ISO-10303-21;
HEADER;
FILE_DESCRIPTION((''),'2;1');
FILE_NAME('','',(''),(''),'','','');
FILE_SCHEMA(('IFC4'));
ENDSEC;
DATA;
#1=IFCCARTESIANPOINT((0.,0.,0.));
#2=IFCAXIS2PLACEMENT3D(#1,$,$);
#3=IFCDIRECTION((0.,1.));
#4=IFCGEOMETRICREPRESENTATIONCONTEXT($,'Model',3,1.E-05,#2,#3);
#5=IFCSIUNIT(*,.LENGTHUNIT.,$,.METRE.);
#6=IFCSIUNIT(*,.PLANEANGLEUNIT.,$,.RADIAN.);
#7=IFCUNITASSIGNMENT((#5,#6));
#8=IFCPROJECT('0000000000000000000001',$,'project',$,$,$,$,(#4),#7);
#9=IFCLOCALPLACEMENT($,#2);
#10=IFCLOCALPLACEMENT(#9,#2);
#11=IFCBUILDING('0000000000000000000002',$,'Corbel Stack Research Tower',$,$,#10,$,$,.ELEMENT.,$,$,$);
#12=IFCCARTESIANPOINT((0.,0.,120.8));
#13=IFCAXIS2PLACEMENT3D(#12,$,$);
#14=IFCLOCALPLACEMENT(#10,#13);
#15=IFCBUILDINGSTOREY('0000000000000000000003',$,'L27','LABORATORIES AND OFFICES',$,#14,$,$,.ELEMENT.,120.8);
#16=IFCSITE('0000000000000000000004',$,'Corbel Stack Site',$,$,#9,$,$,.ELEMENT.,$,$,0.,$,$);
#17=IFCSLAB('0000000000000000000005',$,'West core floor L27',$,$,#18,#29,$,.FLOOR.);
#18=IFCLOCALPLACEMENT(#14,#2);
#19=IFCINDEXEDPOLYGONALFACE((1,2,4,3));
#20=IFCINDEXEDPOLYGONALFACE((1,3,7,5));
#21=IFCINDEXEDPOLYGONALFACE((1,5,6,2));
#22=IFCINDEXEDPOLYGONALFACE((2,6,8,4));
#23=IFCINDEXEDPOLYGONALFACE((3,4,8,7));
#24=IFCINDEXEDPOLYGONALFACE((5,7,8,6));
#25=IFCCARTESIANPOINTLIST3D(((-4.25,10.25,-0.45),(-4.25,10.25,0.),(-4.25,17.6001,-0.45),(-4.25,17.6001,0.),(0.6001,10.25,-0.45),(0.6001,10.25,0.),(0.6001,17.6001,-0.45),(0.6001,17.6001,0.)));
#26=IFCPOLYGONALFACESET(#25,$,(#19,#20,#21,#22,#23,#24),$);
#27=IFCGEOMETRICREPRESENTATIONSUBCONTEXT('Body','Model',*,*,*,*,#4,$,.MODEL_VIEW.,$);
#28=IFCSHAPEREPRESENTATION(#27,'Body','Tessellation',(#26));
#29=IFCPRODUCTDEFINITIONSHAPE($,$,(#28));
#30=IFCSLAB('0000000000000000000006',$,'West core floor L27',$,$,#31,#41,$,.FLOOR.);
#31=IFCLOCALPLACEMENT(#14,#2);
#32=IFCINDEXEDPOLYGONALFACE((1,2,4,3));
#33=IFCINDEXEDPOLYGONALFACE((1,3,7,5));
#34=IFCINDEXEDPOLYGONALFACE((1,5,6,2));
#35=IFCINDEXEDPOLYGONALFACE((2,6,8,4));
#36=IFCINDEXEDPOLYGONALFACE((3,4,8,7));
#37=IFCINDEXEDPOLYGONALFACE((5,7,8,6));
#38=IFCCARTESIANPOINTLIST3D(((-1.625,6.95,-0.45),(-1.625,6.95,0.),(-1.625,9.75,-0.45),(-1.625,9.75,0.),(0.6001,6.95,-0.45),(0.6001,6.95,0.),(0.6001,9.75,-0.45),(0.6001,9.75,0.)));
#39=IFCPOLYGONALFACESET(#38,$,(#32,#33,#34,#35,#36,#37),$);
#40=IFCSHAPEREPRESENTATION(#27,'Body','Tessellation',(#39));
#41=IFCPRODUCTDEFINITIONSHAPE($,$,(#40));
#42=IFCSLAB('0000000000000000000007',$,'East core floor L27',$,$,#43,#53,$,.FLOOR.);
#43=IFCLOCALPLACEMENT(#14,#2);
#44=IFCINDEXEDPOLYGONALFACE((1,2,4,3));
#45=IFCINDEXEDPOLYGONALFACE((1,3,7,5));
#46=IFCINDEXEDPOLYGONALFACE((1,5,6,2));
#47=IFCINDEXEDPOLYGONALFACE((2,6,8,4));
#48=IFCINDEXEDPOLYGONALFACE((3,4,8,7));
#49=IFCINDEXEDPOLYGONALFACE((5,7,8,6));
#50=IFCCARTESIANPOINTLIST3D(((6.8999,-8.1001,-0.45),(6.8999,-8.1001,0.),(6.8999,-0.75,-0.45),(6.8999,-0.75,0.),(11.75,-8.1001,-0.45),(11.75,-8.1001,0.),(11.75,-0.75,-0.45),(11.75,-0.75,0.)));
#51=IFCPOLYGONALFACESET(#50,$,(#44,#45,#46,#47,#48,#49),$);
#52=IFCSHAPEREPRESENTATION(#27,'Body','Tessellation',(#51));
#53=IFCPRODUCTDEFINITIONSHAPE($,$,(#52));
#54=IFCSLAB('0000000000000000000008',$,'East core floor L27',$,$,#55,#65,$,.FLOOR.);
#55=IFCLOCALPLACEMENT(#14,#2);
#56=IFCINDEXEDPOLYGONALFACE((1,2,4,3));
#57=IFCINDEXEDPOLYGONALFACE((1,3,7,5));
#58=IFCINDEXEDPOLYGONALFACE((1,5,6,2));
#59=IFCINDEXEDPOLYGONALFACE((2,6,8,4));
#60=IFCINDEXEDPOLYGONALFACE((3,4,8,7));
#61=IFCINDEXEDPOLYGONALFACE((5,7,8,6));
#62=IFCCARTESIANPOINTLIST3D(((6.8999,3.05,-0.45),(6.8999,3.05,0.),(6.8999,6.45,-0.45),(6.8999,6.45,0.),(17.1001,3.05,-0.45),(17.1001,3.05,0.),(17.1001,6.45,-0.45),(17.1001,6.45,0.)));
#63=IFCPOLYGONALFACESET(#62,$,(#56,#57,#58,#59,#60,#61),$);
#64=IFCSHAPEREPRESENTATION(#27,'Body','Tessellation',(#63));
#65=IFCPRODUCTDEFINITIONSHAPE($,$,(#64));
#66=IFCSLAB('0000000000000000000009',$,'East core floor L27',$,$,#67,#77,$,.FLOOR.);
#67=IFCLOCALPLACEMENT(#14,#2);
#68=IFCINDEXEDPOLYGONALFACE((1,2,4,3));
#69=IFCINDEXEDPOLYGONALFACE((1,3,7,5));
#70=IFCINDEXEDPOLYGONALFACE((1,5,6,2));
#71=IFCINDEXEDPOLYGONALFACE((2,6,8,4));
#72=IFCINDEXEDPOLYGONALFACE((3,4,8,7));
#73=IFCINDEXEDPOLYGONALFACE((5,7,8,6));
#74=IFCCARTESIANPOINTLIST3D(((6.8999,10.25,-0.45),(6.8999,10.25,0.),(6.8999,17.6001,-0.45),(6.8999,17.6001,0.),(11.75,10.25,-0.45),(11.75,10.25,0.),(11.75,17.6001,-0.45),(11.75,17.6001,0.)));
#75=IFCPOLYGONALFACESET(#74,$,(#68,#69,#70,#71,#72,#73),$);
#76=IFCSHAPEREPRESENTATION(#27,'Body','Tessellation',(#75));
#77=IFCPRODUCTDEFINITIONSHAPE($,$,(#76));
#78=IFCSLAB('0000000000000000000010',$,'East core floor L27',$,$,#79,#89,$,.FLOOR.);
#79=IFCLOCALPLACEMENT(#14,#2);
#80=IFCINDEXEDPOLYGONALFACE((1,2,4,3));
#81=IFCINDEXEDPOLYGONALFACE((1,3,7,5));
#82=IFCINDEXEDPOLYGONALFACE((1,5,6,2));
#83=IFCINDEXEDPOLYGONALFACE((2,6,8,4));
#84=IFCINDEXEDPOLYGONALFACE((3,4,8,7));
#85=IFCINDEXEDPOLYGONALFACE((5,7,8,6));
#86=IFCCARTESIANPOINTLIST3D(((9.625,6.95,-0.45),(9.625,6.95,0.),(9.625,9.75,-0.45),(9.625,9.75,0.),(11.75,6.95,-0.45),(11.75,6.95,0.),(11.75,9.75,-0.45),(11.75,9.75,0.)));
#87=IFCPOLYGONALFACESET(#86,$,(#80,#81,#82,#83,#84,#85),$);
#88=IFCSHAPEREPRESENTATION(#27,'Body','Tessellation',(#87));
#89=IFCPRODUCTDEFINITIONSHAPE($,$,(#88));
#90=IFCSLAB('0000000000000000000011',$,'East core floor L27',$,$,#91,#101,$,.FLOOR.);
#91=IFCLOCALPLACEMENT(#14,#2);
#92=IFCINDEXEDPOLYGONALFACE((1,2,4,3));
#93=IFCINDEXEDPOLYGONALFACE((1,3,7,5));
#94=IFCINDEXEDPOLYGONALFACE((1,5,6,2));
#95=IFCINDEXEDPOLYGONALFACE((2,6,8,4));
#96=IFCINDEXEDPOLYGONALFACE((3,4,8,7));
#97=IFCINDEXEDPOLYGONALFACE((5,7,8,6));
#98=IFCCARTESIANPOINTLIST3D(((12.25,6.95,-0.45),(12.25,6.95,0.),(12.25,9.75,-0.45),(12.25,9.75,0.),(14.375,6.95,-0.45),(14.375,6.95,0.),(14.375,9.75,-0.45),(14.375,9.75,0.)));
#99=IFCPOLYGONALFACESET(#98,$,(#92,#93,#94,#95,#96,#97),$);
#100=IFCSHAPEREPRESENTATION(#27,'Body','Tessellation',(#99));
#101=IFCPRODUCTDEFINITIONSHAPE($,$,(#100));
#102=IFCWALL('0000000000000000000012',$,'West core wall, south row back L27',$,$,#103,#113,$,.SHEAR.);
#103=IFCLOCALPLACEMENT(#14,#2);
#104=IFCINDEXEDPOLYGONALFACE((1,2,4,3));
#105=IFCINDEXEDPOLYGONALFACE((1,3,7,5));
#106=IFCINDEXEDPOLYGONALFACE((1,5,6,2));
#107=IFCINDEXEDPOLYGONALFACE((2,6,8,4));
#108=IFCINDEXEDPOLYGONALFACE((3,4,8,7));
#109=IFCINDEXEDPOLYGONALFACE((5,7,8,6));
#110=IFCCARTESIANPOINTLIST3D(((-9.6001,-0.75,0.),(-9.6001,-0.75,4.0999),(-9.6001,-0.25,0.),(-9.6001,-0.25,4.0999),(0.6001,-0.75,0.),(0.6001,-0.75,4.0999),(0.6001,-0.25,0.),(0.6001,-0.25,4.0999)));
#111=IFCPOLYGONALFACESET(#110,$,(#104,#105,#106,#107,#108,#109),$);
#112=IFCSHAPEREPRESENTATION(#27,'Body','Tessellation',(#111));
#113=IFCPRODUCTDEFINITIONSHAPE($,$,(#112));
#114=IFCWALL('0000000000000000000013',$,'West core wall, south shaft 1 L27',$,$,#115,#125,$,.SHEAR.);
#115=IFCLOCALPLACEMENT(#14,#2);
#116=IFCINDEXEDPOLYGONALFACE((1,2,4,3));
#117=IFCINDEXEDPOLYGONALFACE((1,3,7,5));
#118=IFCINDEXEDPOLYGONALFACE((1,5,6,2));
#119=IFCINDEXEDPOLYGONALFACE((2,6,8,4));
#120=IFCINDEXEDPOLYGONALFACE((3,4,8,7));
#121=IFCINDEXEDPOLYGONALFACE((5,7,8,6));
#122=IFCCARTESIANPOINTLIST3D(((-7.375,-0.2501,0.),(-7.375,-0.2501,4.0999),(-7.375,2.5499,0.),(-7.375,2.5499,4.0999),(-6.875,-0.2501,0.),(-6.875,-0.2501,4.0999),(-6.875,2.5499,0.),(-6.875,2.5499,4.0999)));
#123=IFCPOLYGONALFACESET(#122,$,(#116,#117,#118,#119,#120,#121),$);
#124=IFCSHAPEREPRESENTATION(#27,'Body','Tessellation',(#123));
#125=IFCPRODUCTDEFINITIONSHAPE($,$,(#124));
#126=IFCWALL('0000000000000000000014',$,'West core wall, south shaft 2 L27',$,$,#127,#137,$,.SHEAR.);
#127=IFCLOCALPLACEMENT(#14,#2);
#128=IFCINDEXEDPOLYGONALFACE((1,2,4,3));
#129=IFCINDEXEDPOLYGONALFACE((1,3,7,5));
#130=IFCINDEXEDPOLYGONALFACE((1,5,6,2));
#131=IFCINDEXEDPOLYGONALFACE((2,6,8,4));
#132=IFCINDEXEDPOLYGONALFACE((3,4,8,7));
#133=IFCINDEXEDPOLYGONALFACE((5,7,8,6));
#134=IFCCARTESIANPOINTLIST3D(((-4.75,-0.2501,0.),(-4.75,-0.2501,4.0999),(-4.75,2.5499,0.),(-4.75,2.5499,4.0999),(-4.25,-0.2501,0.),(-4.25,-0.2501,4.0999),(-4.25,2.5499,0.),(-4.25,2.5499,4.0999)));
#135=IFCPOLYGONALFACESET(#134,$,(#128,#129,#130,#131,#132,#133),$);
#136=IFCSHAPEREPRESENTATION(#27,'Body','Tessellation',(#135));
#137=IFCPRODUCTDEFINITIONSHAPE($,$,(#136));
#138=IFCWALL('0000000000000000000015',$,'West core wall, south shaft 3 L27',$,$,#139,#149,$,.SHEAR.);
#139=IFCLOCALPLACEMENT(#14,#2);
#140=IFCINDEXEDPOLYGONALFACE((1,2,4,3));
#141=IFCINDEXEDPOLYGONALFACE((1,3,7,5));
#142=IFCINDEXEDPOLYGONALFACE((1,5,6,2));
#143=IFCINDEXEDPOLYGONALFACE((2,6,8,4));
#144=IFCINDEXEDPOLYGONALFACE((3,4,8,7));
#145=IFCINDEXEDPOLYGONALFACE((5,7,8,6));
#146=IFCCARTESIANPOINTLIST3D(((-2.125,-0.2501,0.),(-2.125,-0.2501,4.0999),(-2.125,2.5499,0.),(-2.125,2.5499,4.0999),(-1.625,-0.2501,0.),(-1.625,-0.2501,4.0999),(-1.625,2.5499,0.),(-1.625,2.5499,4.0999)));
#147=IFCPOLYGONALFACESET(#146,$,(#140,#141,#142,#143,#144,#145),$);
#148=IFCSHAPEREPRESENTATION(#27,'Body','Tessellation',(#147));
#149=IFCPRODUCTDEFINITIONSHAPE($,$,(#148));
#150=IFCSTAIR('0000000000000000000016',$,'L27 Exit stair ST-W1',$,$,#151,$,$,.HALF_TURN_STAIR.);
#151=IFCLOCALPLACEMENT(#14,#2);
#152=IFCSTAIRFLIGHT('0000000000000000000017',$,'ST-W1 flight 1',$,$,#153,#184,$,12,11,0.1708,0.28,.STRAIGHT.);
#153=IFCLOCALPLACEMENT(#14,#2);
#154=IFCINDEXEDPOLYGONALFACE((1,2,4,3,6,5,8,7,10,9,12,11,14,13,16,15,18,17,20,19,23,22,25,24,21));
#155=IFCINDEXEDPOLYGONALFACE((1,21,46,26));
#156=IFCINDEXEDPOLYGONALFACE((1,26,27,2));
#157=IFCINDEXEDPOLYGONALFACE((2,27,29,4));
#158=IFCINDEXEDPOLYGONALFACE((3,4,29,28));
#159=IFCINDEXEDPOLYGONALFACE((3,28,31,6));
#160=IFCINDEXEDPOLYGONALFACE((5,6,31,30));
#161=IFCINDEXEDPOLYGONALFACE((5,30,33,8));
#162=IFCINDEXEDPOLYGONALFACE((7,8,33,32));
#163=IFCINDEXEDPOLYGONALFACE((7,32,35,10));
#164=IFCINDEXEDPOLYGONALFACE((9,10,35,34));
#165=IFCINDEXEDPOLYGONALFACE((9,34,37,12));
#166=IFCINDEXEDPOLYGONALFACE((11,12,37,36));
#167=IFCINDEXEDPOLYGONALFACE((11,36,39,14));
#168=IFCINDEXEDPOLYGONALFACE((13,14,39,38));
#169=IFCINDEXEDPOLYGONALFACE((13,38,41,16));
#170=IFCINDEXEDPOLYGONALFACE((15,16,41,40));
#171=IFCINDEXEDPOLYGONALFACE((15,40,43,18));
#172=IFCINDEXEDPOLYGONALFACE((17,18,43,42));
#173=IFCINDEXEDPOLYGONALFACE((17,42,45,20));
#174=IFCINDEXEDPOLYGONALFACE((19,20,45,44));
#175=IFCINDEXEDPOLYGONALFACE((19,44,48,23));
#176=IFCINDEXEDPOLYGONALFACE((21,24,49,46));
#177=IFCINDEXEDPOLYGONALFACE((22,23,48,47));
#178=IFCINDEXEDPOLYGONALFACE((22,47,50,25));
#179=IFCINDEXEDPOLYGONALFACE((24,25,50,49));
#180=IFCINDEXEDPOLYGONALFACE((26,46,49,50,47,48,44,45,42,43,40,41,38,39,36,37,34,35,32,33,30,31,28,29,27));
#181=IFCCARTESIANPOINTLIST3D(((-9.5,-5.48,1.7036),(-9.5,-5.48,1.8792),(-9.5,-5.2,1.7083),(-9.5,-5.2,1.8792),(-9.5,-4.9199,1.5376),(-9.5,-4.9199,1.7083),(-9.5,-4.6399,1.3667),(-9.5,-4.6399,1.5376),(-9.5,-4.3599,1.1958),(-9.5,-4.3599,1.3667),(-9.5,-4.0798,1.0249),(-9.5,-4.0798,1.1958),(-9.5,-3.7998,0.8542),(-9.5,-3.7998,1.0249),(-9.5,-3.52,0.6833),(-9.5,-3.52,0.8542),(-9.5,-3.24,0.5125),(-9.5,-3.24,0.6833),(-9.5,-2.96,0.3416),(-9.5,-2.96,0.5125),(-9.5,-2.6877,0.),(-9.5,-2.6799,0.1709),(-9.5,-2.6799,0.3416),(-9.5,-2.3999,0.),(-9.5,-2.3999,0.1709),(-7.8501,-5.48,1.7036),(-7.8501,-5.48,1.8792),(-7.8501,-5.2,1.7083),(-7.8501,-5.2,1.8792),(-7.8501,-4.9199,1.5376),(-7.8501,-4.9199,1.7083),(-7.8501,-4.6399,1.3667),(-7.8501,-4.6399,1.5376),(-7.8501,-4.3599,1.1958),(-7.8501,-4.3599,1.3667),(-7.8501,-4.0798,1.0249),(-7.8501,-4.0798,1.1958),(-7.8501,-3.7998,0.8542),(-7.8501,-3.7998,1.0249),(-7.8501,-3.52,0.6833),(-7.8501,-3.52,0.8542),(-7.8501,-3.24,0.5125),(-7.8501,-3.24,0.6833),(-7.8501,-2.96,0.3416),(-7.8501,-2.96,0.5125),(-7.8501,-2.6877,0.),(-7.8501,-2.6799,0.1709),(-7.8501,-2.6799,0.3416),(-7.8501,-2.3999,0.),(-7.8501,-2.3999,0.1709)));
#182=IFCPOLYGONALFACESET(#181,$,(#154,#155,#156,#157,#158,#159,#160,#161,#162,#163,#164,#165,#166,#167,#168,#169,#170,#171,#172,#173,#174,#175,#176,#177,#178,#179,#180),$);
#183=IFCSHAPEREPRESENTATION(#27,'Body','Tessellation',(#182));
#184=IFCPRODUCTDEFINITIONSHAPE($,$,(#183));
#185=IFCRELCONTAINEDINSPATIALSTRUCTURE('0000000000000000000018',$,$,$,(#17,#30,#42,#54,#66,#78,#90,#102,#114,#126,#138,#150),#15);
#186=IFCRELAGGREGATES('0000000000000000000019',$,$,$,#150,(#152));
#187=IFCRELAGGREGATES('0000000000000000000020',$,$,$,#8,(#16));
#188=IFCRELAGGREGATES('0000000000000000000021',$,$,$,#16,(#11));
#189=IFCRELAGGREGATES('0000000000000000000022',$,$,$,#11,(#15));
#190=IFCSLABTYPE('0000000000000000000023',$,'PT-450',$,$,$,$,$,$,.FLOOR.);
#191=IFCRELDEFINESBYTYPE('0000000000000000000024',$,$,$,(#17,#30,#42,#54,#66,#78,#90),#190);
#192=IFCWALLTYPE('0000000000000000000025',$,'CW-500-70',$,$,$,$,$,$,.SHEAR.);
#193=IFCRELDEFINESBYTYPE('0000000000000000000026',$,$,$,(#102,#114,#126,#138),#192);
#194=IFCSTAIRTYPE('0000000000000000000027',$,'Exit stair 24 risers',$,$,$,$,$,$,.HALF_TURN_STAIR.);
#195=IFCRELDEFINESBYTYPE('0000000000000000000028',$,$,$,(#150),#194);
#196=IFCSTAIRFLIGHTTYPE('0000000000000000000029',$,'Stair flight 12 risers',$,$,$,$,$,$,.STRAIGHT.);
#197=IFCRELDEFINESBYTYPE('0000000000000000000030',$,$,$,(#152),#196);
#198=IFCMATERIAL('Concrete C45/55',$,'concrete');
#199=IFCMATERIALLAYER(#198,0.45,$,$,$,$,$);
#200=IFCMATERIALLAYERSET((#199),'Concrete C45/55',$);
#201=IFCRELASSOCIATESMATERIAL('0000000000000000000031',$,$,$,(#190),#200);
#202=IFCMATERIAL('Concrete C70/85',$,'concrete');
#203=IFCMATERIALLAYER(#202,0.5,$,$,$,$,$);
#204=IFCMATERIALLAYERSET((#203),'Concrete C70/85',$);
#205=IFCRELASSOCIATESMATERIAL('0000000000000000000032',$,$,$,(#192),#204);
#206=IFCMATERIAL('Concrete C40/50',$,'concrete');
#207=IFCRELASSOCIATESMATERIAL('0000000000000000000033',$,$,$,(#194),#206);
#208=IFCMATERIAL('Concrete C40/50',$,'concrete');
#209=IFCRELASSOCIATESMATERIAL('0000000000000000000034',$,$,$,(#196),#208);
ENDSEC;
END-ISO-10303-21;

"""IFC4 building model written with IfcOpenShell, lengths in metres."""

from ifc_helpers import new_model, si_unit, direction, frame, frame_2d, origin, place, context, subcontext, project, spatial, polyline, rectangle, outline, extrude, material, layer, layer_set, type_object, element, aggregate, save


model = new_model("IFC4")

# Units and contexts
model_context = context("Model", 3, precision=1e-05, world=origin(), true_north=direction((0.0, 1.0)))
body_context = subcontext(model_context, "Body", "Model", "MODEL_VIEW")
ifc_project = project(units=[si_unit("LENGTHUNIT", "METRE"), si_unit("PLANEANGLEUNIT", "RADIAN")], contexts=[model_context])

# Site, building, storey
site_placement = place(None, origin())
site = spatial("IfcSite", under=ifc_project, at=site_placement, Name="Corbel Stack Site", CompositionType="ELEMENT", RefElevation=0.0)
building_placement = place(site_placement, origin())
building = spatial("IfcBuilding", under=site, at=building_placement, Name="Corbel Stack Research Tower", CompositionType="ELEMENT")
storey_placement = place(building_placement, frame((0.0, 0.0, 120.8)))
storey = spatial("IfcBuildingStorey", under=building, at=storey_placement, Name="L27", Description="LABORATORIES AND OFFICES", CompositionType="ELEMENT", Elevation=120.8)

# Slabs
ifc_material_1 = material(Name="Concrete C45/55", Category="concrete")
ifc_layer_1 = layer(ifc_material_1, 0.45)
ifc_layer_set_1 = layer_set([ifc_layer_1], Name="Concrete C45/55")
slab_type = type_object("IfcSlabType", Name="PT-450", PredefinedType="FLOOR", material=ifc_layer_set_1)
slab_1_placement = place(storey_placement, frame((0.0, 0.0, -0.45)))
element("IfcSlab", 1, at=slab_1_placement, inside=storey, type_object=slab_type, Name="West core floor L27", PredefinedType="FLOOR", context=body_context, shape_type="SweptSolid", body=[
    extrude(outline(polyline([(0.6001, 17.6001), (-4.25, 17.6001), (-4.25, 10.25), (0.6001, 10.25), (0.6001, 17.6001)])), origin(), (0.0, 0.0, 1.0), 0.45),
])
slab_2_placement = place(storey_placement, frame((0.0, 0.0, -0.45)))
element("IfcSlab", 2, at=slab_2_placement, inside=storey, type_object=slab_type, Name="West core floor L27", PredefinedType="FLOOR", context=body_context, shape_type="SweptSolid", body=[
    extrude(outline(polyline([(0.6001, 9.75), (-1.625, 9.75), (-1.625, 6.95), (0.6001, 6.95), (0.6001, 9.75)])), origin(), (0.0, 0.0, 1.0), 0.45),
])
slab_3_placement = place(storey_placement, frame((0.0, 0.0, -0.45)))
element("IfcSlab", 3, at=slab_3_placement, inside=storey, type_object=slab_type, Name="East core floor L27", PredefinedType="FLOOR", context=body_context, shape_type="SweptSolid", body=[
    extrude(outline(polyline([(11.75, -0.75), (6.8999, -0.75), (6.8999, -8.1001), (11.75, -8.1001), (11.75, -0.75)])), origin(), (0.0, 0.0, 1.0), 0.45),
])
slab_4_placement = place(storey_placement, frame((0.0, 0.0, -0.45)))
element("IfcSlab", 4, at=slab_4_placement, inside=storey, type_object=slab_type, Name="East core floor L27", PredefinedType="FLOOR", context=body_context, shape_type="SweptSolid", body=[
    extrude(outline(polyline([(6.8999, 6.45), (6.8999, 3.05), (17.1001, 3.05), (17.1001, 6.45), (6.8999, 6.45)])), origin(), (0.0, 0.0, 1.0), 0.45),
])
slab_5_placement = place(storey_placement, frame((0.0, 0.0, -0.45)))
element("IfcSlab", 5, at=slab_5_placement, inside=storey, type_object=slab_type, Name="East core floor L27", PredefinedType="FLOOR", context=body_context, shape_type="SweptSolid", body=[
    extrude(outline(polyline([(6.8999, 17.6001), (6.8999, 10.25), (11.75, 10.25), (11.75, 17.6001), (6.8999, 17.6001)])), origin(), (0.0, 0.0, 1.0), 0.45),
])
slab_6_placement = place(storey_placement, frame((0.0, 0.0, -0.45)))
element("IfcSlab", 6, at=slab_6_placement, inside=storey, type_object=slab_type, Name="East core floor L27", PredefinedType="FLOOR", context=body_context, shape_type="SweptSolid", body=[
    extrude(outline(polyline([(9.625, 6.95), (11.75, 6.95), (11.75, 9.75), (9.625, 9.75), (9.625, 6.95)])), origin(), (0.0, 0.0, 1.0), 0.45),
])
slab_7_placement = place(storey_placement, frame((0.0, 0.0, -0.45)))
element("IfcSlab", 7, at=slab_7_placement, inside=storey, type_object=slab_type, Name="East core floor L27", PredefinedType="FLOOR", context=body_context, shape_type="SweptSolid", body=[
    extrude(outline(polyline([(14.375, 6.95), (14.375, 9.75), (12.25, 9.75), (12.25, 6.95), (14.375, 6.95)])), origin(), (0.0, 0.0, 1.0), 0.45),
])

# Walls
ifc_material_2 = material(Name="Concrete C70/85", Category="concrete")
ifc_layer_2 = layer(ifc_material_2, 0.5)
ifc_layer_set_2 = layer_set([ifc_layer_2], Name="Concrete C70/85")
wall_type = type_object("IfcWallType", Name="CW-500-70", PredefinedType="SHEAR", material=ifc_layer_set_2)
wall_placement = place(storey_placement, frame((-9.6001, -0.5, 0.0), z_axis=(0.0, 0.0, 1.0), x_axis=(1.0, 0.0, 0.0)))
element("IfcWall", 8, at=wall_placement, inside=storey, type_object=wall_type, Name="West core wall, south row back L27", PredefinedType="SHEAR", context=body_context, shape_type="SweptSolid", body=[
    extrude(rectangle(XDim=10.2002, YDim=0.5, at=frame_2d((5.1001, 0.0))), origin(), (0.0, 0.0, 1.0), 4.0999),
])
for number, where, z_axis, x_axis, name in (
    (9, (-7.125, -0.25, 0.0), (0.0, 0.0, 1.0), (0.0, 1.0, 0.0), "West core wall, south shaft 1 L27"),
    (10, (-4.5, -0.25, 0.0), (0.0, 0.0, 1.0), (0.0, 1.0, 0.0), "West core wall, south shaft 2 L27"),
    (11, (-1.875, -0.25, 0.0), (0.0, 0.0, 1.0), (0.0, 1.0, 0.0), "West core wall, south shaft 3 L27"),
):
    element("IfcWall", number, at=place(storey_placement, frame(where, z_axis=z_axis, x_axis=x_axis)), inside=storey, type_object=wall_type, Name=name, PredefinedType="SHEAR", context=body_context, shape_type="SweptSolid", body=[
        extrude(rectangle(XDim=2.8, YDim=0.5, at=frame_2d((1.3999, 0.0))), origin(), (0.0, 0.0, 1.0), 4.0999),
    ])

# Stair, stair flight
ifc_material_3 = material(Name="Concrete C40/50", Category="concrete")
stair_type = type_object("IfcStairType", Name="Exit stair 24 risers", PredefinedType="HALF_TURN_STAIR", material=ifc_material_3)
stair_placement = place(storey_placement, origin())
stair = element("IfcStair", 12, at=stair_placement, inside=storey, type_object=stair_type, Name="L27 Exit stair ST-W1", PredefinedType="HALF_TURN_STAIR")
ifc_material_4 = material(Name="Concrete C40/50", Category="concrete")
stair_flight_type = type_object("IfcStairFlightType", Name="Stair flight 12 risers", PredefinedType="STRAIGHT", material=ifc_material_4)
stair_flight_placement = place(storey_placement, frame((-8.675, -2.3999, 0.0), z_axis=(0.0, 0.0, 1.0), x_axis=(0.0, -1.0, 0.0)))
stair_flight = element("IfcStairFlight", 13, at=stair_flight_placement, type_object=stair_flight_type, Name="ST-W1 flight 1", NumberOfRisers=12, NumberOfTreads=11, PredefinedType="STRAIGHT", RiserHeight=0.1708, TreadLength=0.28, context=body_context, shape_type="SweptSolid", body=[
    extrude(outline(polyline([(0.0, 0.0), (0.0, 0.1709), (0.28, 0.1709), (0.28, 0.3416), (0.5601, 0.3416), (0.5601, 0.5125), (0.8401, 0.5125), (0.8401, 0.6833), (1.1201, 0.6833), (1.1201, 0.8542), (1.3999, 0.8542), (1.3999, 1.0249), (1.6799, 1.0249), (1.6799, 1.1958), (1.96, 1.1958), (1.96, 1.3667), (2.24, 1.3667), (2.24, 1.5376), (2.52, 1.5376), (2.52, 1.7083), (2.8, 1.7083), (2.8, 1.8792), (3.0801, 1.8792), (3.0801, 2.05), (3.0801, 1.7036), (0.2878, 0.0), (0.0, 0.0)])), frame((0.0, 0.825, 0.0), z_axis=(0.0, -1.0, 0.0), x_axis=(1.0, 0.0, 0.0)), (0.0, 0.0, 1.0), 1.6499),
])
aggregate(stair, [stair_flight])

save(model, "model.ifc")
